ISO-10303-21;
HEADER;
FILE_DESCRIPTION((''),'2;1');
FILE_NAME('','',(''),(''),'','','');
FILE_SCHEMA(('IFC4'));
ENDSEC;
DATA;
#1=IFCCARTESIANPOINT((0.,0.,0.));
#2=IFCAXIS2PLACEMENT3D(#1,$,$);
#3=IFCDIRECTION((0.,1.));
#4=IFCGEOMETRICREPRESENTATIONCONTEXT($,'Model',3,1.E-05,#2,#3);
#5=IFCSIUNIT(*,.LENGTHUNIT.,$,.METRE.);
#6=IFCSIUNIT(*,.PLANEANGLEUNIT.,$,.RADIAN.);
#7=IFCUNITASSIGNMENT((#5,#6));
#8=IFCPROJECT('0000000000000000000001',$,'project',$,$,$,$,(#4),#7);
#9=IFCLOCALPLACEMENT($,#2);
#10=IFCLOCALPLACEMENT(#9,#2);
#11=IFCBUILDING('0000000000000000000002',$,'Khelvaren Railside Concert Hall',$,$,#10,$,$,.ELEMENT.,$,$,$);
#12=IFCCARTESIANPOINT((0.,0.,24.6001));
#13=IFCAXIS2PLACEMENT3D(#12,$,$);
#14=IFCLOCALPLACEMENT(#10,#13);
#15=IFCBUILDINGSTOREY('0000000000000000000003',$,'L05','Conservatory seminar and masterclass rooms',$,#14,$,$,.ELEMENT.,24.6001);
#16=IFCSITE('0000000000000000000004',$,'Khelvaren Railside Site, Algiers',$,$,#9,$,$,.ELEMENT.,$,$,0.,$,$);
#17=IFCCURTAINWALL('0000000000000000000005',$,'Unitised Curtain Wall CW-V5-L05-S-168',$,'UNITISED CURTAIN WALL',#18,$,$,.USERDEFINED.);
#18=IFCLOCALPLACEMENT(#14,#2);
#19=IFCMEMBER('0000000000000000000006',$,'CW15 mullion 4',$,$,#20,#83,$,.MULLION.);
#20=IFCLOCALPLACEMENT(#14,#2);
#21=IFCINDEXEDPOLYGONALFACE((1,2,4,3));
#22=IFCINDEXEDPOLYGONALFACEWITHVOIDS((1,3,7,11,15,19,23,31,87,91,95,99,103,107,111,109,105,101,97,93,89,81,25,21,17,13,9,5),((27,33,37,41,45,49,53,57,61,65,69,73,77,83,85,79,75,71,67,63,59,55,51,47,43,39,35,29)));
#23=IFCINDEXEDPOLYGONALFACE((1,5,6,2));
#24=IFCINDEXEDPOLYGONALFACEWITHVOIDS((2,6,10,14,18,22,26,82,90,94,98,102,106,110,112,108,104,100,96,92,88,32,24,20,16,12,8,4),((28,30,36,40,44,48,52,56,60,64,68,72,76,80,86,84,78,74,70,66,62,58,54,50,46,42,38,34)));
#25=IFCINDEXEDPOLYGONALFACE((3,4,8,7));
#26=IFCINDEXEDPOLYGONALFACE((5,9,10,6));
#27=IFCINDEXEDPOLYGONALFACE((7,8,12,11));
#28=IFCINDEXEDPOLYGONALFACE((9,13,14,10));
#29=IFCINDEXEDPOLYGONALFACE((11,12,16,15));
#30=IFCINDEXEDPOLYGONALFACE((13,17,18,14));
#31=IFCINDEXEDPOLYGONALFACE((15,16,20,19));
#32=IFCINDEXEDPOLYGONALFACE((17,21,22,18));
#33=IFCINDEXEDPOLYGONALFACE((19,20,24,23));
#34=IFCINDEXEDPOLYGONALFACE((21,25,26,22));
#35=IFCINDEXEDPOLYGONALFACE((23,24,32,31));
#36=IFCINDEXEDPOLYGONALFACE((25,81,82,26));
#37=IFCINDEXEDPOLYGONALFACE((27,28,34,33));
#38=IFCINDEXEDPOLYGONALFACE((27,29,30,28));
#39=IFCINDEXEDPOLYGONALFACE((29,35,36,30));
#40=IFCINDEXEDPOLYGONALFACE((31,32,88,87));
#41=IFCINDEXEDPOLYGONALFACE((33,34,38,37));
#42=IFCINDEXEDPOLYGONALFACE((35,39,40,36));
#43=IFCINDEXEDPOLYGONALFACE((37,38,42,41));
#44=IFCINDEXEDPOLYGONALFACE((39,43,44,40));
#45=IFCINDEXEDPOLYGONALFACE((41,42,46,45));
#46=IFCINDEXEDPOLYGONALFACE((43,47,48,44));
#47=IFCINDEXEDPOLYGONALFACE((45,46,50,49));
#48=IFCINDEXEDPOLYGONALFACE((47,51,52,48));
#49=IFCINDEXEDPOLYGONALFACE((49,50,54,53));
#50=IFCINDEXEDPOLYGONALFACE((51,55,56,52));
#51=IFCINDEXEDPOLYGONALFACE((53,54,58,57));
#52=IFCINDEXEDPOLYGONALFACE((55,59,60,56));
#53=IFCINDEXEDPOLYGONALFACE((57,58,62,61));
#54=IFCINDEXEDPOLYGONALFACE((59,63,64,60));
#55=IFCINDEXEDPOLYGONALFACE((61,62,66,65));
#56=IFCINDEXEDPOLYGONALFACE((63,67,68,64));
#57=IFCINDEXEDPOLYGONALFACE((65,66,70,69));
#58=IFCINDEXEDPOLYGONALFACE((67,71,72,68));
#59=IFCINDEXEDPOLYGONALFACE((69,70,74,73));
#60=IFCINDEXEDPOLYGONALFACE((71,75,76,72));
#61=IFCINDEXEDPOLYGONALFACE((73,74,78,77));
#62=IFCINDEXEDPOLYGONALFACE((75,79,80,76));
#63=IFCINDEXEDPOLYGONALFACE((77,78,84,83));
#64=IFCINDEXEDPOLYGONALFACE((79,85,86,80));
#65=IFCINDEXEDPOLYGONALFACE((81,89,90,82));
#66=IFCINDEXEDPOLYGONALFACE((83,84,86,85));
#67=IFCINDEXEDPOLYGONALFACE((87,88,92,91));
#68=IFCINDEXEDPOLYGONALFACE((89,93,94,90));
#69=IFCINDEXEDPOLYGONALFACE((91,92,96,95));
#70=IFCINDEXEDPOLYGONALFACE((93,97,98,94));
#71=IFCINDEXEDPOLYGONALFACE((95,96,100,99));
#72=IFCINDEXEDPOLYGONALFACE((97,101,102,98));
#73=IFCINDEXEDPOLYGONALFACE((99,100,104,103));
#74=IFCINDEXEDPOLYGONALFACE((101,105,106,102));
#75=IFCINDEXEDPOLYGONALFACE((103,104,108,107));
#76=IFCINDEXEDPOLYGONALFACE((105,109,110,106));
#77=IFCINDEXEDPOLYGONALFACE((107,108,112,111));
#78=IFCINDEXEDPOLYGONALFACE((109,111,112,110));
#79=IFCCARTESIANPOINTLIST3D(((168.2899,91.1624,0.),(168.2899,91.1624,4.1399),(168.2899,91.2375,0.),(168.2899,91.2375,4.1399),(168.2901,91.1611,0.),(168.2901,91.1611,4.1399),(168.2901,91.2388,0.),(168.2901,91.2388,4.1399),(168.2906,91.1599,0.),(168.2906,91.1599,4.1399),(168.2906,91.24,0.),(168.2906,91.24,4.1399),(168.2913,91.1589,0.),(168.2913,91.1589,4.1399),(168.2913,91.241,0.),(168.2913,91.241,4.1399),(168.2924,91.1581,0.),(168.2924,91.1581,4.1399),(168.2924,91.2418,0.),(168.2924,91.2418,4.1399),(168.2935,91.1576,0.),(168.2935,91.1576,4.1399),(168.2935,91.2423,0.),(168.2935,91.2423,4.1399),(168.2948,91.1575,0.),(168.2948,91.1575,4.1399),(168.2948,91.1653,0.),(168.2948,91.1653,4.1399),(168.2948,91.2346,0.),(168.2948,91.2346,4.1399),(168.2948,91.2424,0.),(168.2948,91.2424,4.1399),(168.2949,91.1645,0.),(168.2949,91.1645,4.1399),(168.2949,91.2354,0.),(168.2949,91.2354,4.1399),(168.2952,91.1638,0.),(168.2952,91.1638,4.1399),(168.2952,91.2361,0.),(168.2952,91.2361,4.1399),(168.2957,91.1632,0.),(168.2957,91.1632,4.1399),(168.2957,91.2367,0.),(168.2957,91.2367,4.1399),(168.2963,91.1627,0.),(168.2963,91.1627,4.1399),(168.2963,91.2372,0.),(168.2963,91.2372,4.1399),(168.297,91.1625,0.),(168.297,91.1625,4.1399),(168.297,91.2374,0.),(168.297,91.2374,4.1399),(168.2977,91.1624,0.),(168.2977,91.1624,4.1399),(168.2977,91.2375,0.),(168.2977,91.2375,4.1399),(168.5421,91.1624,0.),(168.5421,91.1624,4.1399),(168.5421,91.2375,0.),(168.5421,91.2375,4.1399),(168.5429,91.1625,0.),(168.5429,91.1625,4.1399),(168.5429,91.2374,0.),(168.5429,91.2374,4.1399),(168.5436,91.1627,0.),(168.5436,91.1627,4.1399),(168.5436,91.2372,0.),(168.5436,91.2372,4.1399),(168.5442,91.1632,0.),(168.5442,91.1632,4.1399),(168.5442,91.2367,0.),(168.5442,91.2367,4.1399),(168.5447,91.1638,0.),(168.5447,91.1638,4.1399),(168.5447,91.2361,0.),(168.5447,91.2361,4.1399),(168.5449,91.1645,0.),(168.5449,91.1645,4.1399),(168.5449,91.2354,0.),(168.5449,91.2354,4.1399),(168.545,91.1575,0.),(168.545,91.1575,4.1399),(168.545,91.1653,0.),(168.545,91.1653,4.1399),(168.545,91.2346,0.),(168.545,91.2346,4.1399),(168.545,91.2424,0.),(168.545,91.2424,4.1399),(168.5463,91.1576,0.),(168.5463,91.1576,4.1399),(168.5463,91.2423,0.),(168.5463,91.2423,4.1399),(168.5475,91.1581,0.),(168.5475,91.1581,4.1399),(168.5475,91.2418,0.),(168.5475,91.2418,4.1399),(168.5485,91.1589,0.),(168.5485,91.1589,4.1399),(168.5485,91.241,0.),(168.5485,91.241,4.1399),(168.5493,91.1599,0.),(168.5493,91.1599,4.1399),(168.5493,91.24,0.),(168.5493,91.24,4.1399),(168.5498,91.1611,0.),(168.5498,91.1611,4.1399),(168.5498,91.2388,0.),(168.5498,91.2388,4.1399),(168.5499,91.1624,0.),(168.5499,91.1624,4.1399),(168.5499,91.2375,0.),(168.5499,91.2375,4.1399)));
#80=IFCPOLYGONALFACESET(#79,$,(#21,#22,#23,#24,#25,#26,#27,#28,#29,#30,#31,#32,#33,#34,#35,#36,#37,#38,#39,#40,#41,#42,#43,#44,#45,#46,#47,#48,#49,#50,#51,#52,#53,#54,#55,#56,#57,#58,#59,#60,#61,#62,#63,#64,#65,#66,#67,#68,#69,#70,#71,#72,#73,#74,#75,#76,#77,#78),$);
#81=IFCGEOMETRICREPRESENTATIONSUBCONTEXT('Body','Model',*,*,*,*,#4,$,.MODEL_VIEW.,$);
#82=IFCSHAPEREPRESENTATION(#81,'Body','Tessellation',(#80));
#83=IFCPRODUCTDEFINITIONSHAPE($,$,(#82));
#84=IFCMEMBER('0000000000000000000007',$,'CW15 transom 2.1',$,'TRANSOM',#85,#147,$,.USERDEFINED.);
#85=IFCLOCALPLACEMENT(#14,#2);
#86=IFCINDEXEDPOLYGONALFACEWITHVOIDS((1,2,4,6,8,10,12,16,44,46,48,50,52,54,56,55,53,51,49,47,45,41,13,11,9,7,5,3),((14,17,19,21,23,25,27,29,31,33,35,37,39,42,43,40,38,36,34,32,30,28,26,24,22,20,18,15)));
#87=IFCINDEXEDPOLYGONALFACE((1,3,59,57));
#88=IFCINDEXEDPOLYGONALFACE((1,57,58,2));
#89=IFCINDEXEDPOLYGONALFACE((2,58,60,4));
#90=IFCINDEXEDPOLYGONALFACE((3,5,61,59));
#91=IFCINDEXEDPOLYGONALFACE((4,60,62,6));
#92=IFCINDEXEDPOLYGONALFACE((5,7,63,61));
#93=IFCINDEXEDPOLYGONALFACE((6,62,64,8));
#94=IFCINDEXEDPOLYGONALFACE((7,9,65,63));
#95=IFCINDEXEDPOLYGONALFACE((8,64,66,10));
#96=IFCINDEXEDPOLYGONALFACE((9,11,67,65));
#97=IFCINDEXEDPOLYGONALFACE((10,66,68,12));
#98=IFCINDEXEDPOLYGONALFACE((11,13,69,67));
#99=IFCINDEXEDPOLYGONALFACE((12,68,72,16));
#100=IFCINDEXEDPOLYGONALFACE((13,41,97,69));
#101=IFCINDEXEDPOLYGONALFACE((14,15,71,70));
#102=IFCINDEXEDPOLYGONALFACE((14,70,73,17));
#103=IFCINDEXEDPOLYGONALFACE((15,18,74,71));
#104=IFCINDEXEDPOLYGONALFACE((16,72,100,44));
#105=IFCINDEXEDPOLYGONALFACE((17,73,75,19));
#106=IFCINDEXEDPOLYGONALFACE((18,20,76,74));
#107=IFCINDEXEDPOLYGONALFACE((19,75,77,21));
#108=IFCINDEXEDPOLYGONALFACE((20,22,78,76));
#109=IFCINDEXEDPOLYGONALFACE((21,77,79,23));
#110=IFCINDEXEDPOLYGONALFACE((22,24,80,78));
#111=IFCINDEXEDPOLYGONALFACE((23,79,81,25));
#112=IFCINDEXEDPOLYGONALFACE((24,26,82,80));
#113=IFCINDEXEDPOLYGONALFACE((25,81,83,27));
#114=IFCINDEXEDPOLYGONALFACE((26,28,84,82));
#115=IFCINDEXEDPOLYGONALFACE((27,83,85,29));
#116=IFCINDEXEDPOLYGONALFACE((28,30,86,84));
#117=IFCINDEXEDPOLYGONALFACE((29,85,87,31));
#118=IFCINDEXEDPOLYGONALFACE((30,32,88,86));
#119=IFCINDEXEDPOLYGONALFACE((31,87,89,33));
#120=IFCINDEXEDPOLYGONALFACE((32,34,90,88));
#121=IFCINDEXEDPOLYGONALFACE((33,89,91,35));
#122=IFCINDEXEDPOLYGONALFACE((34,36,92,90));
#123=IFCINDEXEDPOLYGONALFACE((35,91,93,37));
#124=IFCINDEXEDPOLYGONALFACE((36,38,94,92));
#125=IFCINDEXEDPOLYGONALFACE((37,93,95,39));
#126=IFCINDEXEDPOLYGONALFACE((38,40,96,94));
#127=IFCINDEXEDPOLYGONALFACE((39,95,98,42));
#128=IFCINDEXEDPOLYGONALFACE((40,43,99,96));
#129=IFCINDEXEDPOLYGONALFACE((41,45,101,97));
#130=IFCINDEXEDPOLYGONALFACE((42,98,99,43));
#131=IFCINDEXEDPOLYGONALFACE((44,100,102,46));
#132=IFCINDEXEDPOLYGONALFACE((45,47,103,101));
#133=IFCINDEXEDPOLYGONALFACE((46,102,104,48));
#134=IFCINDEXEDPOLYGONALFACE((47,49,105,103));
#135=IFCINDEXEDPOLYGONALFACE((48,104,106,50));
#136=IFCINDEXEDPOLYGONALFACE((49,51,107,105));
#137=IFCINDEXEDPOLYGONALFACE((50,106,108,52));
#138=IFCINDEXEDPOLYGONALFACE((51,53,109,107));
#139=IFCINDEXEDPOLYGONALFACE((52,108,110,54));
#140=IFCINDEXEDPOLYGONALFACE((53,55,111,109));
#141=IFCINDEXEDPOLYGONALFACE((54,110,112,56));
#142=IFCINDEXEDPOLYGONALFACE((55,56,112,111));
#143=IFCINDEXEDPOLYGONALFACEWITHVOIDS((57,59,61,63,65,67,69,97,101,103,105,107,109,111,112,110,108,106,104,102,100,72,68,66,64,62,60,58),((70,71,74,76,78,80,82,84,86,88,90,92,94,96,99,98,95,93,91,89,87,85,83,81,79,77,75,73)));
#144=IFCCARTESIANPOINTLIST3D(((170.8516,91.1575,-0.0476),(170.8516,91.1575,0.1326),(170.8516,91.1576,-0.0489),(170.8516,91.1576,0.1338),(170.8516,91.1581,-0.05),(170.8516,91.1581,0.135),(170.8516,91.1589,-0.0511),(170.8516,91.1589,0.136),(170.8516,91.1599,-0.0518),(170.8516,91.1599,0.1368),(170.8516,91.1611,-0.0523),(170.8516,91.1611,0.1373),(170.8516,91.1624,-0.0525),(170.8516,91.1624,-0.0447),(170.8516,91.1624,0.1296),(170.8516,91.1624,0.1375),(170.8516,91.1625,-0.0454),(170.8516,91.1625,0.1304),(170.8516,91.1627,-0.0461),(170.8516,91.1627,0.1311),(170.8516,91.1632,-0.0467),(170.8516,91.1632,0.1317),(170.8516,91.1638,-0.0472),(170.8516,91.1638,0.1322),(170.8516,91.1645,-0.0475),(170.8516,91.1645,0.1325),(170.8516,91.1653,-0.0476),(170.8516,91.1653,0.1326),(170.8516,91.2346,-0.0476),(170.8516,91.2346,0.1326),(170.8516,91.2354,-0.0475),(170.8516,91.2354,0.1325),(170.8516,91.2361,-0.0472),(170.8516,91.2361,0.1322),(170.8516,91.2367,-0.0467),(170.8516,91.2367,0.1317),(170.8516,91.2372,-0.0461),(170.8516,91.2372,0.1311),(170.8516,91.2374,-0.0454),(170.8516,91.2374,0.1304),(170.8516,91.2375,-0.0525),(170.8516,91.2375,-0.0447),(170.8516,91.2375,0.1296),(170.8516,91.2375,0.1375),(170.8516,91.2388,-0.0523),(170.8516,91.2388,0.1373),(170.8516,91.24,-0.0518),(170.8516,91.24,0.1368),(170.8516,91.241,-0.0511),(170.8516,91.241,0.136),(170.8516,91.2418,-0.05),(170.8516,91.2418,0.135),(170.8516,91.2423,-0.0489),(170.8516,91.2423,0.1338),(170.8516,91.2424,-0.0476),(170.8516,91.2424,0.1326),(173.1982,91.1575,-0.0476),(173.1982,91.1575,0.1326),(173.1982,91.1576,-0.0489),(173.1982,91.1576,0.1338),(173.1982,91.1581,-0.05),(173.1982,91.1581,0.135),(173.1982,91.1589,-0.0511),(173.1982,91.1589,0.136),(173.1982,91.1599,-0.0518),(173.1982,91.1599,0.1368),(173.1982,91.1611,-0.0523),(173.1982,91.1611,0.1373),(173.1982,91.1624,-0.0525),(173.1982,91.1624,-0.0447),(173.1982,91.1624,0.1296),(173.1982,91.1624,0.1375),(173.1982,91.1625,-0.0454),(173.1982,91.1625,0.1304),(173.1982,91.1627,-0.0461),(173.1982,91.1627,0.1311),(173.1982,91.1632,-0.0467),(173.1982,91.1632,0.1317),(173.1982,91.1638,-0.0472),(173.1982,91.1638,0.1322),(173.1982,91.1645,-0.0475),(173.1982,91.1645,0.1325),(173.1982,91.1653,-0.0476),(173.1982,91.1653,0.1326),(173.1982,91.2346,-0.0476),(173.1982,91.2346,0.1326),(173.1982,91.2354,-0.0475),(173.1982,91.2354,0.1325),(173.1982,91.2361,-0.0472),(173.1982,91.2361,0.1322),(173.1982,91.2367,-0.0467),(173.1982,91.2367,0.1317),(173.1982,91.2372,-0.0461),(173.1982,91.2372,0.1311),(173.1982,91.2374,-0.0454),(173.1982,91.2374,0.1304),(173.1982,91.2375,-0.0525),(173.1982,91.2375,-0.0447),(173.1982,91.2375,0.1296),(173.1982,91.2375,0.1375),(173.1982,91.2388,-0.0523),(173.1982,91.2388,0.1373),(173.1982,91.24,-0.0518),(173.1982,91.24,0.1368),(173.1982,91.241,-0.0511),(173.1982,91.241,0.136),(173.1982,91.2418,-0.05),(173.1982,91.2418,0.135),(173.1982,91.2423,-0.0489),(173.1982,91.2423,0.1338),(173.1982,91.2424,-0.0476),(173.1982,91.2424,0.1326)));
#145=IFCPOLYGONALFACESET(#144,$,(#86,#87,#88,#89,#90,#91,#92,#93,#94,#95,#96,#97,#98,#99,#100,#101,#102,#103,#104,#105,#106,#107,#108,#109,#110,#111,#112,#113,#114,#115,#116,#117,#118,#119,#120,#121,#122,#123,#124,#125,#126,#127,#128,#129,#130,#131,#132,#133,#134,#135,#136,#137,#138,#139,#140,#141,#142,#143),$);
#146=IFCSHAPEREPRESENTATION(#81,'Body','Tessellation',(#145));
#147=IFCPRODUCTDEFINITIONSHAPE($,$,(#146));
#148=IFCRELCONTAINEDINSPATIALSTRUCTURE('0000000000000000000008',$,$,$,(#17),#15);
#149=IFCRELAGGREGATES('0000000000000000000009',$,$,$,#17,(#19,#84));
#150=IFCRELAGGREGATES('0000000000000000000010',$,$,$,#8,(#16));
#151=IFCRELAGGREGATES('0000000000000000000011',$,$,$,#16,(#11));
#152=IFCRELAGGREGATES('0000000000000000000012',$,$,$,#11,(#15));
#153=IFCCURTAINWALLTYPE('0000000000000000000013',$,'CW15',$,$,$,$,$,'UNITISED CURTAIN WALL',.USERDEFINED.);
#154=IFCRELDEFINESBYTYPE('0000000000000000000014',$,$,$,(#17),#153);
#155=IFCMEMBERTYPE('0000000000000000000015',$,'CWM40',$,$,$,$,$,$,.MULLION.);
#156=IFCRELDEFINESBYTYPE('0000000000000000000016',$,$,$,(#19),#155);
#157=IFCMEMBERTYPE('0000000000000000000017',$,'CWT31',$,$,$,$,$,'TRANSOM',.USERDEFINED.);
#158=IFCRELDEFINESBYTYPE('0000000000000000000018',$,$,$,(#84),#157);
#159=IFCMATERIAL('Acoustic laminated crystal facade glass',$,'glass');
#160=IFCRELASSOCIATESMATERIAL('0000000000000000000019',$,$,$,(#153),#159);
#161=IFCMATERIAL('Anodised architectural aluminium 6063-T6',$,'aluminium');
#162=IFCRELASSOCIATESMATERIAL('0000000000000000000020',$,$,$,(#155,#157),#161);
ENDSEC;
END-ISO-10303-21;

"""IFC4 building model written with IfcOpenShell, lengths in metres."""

from ifc_helpers import new_model, si_unit, direction, frame, origin, origin_2d, place, context, subcontext, project, spatial, hollow_rectangle, extrude, material, material_profile, profile_set, type_object, element, aggregate, save


model = new_model("IFC4")

# Units and contexts
model_context = context("Model", 3, precision=1e-05, world=origin(), true_north=direction((0.0, 1.0)))
body_context = subcontext(model_context, "Body", "Model", "MODEL_VIEW")
ifc_project = project(units=[si_unit("LENGTHUNIT", "METRE"), si_unit("PLANEANGLEUNIT", "RADIAN")], contexts=[model_context])

# Site, building, storey
site_placement = place(None, origin())
site = spatial("IfcSite", under=ifc_project, at=site_placement, Name="Khelvaren Railside Site, Algiers", CompositionType="ELEMENT", RefElevation=0.0)
building_placement = place(site_placement, origin())
building = spatial("IfcBuilding", under=site, at=building_placement, Name="Khelvaren Railside Concert Hall", CompositionType="ELEMENT")
storey_placement = place(building_placement, frame((0.0, 0.0, 24.6001)))
storey = spatial("IfcBuildingStorey", under=building, at=storey_placement, Name="L05", Description="Conservatory seminar and masterclass rooms", CompositionType="ELEMENT", Elevation=24.6001)

# Curtain wall, members
ifc_material_1 = material(Name="Acoustic laminated crystal facade glass", Category="glass")
curtain_wall_type = type_object("IfcCurtainWallType", Name="CW15", ElementType="UNITISED CURTAIN WALL", PredefinedType="USERDEFINED", material=ifc_material_1)
curtain_wall_placement = place(storey_placement, origin())
curtain_wall = element("IfcCurtainWall", 1, at=curtain_wall_placement, inside=storey, type_object=curtain_wall_type, Name="Unitised Curtain Wall CW-V5-L05-S-168", ObjectType="UNITISED CURTAIN WALL", PredefinedType="USERDEFINED")
ifc_material_2 = material(Name="Anodised architectural aluminium 6063-T6", Category="aluminium")
ifc_material_profile_1 = material_profile(ifc_material_2, hollow_rectangle(XDim=0.085, YDim=0.26, WallThickness=0.0049, InnerFilletRadius=0.0029, OuterFilletRadius=0.0049, at=origin_2d()), Name="CWM 85x260x5")
ifc_profile_set_1 = profile_set([ifc_material_profile_1], Name="Anodised architectural aluminium 6063-T6")
member_type_1 = type_object("IfcMemberType", Name="CWM40", PredefinedType="MULLION", material=ifc_profile_set_1)
member_1_placement = place(storey_placement, frame((168.4199, 91.2, 0.0), z_axis=(0.0, 0.0, 1.0), x_axis=(0.0, -1.0, 0.0)))
member_1 = element("IfcMember", 2, at=member_1_placement, type_object=member_type_1, Name="CW15 mullion 4", PredefinedType="MULLION", context=body_context, shape_type="SweptSolid", body=[
    extrude(hollow_rectangle(XDim=0.085, YDim=0.26, WallThickness=0.0049, InnerFilletRadius=0.0029, OuterFilletRadius=0.0049, at=origin_2d()), origin(), (0.0, 0.0, 1.0), 4.1399),
])
ifc_material_profile_2 = material_profile(ifc_material_2, hollow_rectangle(XDim=0.085, YDim=0.1899, WallThickness=0.0049, InnerFilletRadius=0.0029, OuterFilletRadius=0.0049, at=origin_2d()), Name="CWT 85x190x5")
ifc_profile_set_2 = profile_set([ifc_material_profile_2], Name="Anodised architectural aluminium 6063-T6")
member_type_2 = type_object("IfcMemberType", Name="CWT31", ElementType="TRANSOM", PredefinedType="USERDEFINED", material=ifc_profile_set_2)
member_2_placement = place(storey_placement, frame((173.1982, 91.2, 0.0425), z_axis=(-1.0, 0.0, 0.0), x_axis=(0.0, -1.0, 0.0)))
member_2 = element("IfcMember", 3, at=member_2_placement, type_object=member_type_2, Name="CW15 transom 2.1", ObjectType="TRANSOM", PredefinedType="USERDEFINED", context=body_context, shape_type="SweptSolid", body=[
    extrude(hollow_rectangle(XDim=0.085, YDim=0.1899, WallThickness=0.0049, InnerFilletRadius=0.0029, OuterFilletRadius=0.0049, at=origin_2d()), origin(), (0.0, 0.0, 1.0), 2.3467),
])

aggregate(curtain_wall, [member_1, member_2])

save(model, "model.ifc")
